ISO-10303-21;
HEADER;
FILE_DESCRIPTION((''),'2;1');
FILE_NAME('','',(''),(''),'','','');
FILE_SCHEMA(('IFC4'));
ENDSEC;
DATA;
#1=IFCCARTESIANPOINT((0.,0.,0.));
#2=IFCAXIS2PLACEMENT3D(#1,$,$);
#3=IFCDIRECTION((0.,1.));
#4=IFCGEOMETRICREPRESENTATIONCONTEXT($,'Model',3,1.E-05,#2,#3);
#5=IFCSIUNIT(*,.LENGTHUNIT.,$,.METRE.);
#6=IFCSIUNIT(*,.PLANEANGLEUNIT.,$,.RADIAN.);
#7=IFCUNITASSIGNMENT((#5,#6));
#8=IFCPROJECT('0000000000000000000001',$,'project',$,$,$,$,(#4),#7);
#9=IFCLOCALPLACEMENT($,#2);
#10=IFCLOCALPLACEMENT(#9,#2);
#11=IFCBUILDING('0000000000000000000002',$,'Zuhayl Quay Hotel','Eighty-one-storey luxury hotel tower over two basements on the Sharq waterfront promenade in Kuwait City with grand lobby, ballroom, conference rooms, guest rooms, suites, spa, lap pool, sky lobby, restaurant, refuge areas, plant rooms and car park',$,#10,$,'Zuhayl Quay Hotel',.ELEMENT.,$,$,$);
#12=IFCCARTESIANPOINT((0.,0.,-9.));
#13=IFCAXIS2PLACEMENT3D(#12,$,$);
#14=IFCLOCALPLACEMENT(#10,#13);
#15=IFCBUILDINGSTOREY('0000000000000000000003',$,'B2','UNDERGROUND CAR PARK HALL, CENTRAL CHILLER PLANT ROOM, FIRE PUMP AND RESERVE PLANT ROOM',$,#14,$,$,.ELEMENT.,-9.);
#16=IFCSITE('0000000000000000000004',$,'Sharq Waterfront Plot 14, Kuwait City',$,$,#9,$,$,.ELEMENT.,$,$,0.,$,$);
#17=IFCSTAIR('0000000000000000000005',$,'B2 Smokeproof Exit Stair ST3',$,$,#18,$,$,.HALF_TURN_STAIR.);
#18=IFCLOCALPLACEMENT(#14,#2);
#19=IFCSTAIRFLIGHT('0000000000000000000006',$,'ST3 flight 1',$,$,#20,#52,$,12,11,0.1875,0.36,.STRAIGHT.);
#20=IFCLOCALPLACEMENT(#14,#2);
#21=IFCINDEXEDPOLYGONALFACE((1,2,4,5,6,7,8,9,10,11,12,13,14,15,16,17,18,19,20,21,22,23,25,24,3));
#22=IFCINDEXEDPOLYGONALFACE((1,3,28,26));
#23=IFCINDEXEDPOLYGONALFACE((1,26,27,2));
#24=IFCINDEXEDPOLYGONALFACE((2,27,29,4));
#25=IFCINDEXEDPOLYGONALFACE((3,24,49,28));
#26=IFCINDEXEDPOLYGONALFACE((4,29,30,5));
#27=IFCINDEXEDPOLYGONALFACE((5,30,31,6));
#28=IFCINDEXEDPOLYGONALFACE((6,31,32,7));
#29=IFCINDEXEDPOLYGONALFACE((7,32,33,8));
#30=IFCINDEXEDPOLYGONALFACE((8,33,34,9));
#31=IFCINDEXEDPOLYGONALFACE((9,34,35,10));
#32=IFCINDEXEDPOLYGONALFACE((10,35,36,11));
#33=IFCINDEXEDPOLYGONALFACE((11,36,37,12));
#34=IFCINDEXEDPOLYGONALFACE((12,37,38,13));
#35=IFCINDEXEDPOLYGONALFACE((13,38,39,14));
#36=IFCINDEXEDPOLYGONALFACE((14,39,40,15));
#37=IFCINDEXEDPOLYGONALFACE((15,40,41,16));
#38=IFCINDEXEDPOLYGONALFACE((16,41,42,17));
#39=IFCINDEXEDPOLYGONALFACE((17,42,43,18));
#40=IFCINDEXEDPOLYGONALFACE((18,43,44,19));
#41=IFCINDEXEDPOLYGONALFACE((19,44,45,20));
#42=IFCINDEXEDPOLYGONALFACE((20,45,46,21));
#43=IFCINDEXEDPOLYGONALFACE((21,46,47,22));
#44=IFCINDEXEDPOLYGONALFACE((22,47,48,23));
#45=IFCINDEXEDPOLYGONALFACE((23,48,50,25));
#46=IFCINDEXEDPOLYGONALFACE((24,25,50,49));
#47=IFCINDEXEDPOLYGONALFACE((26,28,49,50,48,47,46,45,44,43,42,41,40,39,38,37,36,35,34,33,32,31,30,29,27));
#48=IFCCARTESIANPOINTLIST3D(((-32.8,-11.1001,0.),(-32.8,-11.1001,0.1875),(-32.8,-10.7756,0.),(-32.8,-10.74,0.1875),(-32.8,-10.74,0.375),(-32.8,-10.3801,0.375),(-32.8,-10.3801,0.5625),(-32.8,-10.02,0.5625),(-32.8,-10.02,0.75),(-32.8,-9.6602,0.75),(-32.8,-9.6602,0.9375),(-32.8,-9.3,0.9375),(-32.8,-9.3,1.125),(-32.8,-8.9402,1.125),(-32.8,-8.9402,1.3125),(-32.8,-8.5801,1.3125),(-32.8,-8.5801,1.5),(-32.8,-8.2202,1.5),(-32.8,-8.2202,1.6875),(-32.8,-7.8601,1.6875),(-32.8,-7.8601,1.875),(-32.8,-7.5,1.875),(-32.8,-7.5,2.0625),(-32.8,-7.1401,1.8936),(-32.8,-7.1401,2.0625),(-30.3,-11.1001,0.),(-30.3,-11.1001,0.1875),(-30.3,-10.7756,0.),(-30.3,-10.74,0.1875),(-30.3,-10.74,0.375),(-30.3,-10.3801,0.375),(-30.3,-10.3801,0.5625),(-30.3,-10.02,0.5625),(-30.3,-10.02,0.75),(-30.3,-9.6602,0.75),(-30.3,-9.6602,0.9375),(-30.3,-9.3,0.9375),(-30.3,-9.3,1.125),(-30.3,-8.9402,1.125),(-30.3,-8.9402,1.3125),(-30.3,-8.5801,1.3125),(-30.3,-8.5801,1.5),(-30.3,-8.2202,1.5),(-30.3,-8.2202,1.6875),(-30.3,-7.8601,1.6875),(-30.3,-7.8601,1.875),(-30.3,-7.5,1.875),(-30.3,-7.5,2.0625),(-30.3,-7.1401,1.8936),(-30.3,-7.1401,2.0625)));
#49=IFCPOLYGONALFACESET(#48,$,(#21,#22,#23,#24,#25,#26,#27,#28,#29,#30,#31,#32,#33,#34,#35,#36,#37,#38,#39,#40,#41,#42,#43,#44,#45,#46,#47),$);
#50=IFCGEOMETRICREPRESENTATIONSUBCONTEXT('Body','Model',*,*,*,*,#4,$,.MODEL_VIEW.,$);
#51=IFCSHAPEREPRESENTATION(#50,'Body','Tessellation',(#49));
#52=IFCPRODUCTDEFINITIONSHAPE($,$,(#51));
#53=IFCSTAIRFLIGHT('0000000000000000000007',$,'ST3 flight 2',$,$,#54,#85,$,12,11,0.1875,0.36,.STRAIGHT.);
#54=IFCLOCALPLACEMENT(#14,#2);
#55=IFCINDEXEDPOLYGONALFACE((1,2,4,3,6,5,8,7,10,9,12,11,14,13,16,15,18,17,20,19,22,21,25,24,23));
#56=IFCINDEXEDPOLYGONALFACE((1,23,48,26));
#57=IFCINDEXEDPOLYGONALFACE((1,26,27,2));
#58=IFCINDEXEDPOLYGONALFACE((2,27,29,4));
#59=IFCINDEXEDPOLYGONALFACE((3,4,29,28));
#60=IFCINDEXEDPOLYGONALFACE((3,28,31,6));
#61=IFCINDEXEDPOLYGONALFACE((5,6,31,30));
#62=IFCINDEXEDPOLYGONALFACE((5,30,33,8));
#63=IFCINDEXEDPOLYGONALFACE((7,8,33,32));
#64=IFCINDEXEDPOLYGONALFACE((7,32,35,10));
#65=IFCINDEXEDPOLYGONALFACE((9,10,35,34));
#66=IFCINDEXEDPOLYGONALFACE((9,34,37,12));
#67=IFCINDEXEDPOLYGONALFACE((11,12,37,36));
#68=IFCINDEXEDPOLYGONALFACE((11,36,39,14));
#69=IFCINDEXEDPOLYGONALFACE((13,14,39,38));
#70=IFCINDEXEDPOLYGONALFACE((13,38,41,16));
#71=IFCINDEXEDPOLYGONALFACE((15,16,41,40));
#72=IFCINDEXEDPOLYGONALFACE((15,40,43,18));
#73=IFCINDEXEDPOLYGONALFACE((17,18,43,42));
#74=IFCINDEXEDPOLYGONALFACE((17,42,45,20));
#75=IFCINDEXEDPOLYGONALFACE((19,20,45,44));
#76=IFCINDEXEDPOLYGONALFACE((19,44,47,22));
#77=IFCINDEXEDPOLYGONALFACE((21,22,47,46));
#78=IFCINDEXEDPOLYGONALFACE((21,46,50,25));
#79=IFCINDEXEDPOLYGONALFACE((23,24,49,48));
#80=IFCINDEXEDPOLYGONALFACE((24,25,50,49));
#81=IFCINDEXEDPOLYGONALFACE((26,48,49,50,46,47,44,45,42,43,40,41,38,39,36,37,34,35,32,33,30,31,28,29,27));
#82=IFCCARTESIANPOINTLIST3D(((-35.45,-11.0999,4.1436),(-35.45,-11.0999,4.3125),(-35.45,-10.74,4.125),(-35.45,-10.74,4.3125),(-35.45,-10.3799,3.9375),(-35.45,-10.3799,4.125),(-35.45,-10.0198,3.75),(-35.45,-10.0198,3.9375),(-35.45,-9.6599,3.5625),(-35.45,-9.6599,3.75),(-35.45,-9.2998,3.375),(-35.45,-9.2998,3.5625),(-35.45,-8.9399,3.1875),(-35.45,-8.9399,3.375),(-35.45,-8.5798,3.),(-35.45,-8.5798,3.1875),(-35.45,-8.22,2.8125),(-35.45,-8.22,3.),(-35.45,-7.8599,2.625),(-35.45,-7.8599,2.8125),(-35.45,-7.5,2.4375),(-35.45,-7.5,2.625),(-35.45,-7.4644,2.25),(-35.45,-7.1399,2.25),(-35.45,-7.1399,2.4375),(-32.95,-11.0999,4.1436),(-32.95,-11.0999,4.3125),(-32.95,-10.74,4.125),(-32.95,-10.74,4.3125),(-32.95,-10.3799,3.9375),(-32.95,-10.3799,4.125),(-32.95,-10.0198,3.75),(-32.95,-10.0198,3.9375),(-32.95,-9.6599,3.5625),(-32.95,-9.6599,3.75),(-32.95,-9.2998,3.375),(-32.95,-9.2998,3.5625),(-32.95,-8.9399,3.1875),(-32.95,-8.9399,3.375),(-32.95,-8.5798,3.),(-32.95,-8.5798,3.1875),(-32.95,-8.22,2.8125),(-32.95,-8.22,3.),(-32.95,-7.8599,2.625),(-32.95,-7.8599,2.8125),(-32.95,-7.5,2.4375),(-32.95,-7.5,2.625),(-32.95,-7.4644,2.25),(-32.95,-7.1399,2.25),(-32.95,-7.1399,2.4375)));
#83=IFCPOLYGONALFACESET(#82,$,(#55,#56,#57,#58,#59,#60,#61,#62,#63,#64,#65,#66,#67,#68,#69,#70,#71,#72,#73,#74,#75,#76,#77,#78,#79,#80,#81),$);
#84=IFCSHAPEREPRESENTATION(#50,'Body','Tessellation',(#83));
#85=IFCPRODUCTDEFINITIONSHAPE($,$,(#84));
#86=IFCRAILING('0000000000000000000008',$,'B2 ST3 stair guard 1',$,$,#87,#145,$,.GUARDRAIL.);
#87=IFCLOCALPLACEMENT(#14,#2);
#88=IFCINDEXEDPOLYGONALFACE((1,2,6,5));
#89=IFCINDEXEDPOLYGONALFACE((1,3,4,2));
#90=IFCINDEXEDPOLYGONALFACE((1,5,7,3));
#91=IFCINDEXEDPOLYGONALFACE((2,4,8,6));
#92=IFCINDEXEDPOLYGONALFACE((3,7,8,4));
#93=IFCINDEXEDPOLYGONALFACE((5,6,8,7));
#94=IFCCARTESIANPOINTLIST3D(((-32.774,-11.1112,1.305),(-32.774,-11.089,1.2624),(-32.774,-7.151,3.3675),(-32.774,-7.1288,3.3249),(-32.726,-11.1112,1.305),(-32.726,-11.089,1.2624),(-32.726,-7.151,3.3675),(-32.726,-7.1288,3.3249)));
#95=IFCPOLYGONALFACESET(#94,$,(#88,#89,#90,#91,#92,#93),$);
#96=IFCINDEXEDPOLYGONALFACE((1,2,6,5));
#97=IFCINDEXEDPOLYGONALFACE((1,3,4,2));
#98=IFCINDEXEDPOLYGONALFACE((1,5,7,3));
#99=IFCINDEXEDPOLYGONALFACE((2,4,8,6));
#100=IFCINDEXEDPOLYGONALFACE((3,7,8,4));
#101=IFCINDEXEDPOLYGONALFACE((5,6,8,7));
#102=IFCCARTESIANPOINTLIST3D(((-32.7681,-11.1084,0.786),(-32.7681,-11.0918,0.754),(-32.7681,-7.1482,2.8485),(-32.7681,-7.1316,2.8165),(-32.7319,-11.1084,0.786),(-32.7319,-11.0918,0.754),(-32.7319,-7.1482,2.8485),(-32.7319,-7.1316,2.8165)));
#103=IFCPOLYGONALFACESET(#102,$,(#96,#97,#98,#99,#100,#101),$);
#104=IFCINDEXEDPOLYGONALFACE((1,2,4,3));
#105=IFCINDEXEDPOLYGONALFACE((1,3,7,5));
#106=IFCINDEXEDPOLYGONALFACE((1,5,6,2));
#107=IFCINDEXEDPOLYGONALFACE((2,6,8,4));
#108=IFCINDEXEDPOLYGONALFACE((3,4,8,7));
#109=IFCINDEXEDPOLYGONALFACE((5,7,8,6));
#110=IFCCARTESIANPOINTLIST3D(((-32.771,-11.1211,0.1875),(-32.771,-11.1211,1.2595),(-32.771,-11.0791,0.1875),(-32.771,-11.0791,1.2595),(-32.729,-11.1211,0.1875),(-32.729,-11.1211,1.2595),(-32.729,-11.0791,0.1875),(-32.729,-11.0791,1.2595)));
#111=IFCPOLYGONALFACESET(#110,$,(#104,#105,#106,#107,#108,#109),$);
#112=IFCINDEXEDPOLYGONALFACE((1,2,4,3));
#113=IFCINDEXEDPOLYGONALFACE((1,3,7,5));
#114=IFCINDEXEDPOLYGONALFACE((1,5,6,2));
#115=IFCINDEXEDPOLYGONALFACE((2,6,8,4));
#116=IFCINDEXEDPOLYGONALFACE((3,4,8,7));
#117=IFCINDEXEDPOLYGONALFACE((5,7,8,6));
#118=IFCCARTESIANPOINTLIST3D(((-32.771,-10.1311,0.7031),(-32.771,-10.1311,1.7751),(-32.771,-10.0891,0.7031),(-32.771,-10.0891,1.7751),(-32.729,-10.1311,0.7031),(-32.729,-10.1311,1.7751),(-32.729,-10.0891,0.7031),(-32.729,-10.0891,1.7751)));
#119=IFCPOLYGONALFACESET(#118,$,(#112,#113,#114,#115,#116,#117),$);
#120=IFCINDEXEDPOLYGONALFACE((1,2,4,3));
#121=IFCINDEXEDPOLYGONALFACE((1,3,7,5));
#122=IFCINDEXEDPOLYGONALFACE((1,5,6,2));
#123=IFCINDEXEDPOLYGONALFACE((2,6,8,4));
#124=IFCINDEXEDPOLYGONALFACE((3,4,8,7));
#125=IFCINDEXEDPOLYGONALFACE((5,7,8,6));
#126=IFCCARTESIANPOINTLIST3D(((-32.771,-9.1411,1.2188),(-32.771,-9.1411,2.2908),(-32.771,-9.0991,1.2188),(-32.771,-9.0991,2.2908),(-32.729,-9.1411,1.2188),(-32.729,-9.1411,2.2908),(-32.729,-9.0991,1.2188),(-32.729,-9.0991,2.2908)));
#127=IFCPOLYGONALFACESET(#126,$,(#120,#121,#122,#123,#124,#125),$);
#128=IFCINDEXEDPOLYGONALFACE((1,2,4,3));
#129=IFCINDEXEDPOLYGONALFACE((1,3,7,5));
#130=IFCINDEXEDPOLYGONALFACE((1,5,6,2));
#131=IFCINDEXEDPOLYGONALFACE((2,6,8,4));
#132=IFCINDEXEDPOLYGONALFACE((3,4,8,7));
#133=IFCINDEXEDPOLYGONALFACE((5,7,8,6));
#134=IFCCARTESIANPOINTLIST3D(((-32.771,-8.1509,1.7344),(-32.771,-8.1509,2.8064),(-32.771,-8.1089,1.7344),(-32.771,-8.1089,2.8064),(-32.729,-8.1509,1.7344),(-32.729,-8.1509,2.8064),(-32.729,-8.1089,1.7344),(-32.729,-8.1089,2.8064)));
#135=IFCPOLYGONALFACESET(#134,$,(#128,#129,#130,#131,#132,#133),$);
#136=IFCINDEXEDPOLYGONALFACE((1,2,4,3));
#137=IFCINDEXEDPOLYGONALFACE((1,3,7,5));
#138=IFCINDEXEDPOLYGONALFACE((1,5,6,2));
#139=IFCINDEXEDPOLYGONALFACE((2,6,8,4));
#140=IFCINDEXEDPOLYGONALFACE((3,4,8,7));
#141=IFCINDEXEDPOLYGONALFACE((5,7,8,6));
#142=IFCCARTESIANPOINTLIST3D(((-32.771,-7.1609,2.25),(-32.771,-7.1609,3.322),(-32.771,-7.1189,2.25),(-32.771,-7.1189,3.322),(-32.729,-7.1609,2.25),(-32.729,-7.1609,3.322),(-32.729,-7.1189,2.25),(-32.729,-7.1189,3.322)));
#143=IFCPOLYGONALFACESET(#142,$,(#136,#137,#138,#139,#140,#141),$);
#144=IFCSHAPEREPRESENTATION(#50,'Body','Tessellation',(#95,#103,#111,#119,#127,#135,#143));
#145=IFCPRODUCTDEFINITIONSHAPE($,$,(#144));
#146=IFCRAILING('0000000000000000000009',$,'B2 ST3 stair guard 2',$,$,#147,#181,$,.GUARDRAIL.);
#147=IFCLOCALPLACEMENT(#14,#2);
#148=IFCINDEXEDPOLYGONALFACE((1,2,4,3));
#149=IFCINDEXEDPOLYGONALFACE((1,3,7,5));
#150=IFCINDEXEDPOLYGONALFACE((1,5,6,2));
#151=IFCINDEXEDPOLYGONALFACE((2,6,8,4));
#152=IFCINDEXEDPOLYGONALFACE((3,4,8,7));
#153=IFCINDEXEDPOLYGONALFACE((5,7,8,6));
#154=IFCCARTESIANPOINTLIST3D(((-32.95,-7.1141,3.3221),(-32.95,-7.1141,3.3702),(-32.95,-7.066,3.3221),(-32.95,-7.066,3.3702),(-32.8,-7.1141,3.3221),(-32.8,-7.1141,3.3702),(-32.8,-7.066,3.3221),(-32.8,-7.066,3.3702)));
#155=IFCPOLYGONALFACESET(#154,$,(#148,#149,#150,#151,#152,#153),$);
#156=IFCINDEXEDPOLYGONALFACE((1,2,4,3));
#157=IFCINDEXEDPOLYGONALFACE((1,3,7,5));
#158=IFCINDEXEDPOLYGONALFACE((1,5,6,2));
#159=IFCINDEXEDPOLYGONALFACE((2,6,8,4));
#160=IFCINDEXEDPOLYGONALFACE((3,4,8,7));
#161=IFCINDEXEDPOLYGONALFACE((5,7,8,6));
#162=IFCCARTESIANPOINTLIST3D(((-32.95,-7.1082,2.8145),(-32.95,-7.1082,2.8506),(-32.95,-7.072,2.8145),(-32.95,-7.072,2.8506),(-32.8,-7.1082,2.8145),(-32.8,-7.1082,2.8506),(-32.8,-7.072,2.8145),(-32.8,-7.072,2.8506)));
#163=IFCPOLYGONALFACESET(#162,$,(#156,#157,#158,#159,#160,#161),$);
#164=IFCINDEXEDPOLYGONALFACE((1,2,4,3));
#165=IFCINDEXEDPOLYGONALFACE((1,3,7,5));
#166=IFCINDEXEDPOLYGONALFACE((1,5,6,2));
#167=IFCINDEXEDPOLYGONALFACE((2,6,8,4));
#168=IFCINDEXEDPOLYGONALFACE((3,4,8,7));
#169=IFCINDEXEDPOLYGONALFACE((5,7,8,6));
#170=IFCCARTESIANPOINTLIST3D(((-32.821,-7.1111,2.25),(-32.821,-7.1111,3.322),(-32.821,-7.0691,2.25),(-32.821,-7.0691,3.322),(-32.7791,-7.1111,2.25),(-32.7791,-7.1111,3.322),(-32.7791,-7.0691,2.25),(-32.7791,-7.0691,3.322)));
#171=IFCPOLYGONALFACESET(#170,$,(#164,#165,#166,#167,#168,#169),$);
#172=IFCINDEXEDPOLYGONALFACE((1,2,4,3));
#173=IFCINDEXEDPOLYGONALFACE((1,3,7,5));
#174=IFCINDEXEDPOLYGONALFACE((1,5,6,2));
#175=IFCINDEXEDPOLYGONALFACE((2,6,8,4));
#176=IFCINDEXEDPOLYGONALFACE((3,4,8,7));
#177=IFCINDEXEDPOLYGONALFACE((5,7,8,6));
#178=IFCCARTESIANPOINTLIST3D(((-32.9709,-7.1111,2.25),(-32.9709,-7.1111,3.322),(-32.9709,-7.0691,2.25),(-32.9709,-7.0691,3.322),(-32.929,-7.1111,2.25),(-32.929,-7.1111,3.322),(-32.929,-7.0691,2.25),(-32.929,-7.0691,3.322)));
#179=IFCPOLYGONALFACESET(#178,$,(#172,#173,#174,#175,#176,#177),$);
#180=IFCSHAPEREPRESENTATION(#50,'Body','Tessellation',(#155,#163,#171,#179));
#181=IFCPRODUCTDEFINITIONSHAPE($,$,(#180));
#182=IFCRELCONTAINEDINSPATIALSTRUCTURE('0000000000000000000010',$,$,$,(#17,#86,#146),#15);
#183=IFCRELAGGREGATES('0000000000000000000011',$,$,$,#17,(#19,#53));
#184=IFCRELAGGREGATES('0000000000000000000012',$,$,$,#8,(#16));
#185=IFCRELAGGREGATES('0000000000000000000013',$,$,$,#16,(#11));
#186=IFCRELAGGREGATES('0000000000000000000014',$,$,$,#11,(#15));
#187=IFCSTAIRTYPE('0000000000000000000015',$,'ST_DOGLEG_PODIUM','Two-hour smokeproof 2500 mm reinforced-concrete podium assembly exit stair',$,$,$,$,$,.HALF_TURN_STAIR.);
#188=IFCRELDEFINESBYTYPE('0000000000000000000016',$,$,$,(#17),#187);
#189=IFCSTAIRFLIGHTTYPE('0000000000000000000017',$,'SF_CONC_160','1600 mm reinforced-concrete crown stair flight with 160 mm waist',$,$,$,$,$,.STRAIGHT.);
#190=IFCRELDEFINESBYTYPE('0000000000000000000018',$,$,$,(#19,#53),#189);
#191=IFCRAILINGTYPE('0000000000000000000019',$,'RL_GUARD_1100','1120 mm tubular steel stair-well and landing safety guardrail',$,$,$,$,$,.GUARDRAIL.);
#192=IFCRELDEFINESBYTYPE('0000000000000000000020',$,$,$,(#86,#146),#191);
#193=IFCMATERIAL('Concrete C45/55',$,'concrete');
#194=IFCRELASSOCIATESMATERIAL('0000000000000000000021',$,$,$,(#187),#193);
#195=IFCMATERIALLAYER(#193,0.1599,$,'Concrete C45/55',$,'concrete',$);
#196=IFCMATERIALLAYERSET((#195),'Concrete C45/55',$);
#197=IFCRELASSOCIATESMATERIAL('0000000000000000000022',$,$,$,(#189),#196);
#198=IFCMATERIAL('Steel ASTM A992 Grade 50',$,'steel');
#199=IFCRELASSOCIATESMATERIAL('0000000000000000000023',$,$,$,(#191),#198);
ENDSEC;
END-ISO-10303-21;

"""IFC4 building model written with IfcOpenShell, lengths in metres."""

from ifc_helpers import new_model, si_unit, direction, frame, origin, origin_2d, place, context, subcontext, project, spatial, polyline, rectangle, outline, extrude, material, layer, layer_set, type_object, element, aggregate, save


model = new_model("IFC4")

# Units and contexts
model_context = context("Model", 3, precision=1e-05, world=origin(), true_north=direction((0.0, 1.0)))
body_context = subcontext(model_context, "Body", "Model", "MODEL_VIEW")
ifc_project = project(units=[si_unit("LENGTHUNIT", "METRE"), si_unit("PLANEANGLEUNIT", "RADIAN")], contexts=[model_context])

# Site, building, storey
site_placement = place(None, origin())
site = spatial("IfcSite", under=ifc_project, at=site_placement, Name="Sharq Waterfront Plot 14, Kuwait City", CompositionType="ELEMENT", RefElevation=0.0)
building_placement = place(site_placement, origin())
building = spatial("IfcBuilding", under=site, at=building_placement, Name="Zuhayl Quay Hotel", Description="Eighty-one-storey luxury hotel tower over two basements on the Sharq waterfront promenade in Kuwait City with grand lobby, ballroom, conference rooms, guest rooms, suites, spa, lap pool, sky lobby, restaurant, refuge areas, plant rooms and car park", LongName="Zuhayl Quay Hotel", CompositionType="ELEMENT")
storey_placement = place(building_placement, frame((0.0, 0.0, -9.0)))
storey = spatial("IfcBuildingStorey", under=building, at=storey_placement, Name="B2", Description="UNDERGROUND CAR PARK HALL, CENTRAL CHILLER PLANT ROOM, FIRE PUMP AND RESERVE PLANT ROOM", CompositionType="ELEMENT", Elevation=-9.0)

# Stair, stair flights
ifc_material_1 = material(Name="Concrete C45/55", Category="concrete")
stair_type = type_object("IfcStairType", Name="ST_DOGLEG_PODIUM", Description="Two-hour smokeproof 2500 mm reinforced-concrete podium assembly exit stair", PredefinedType="HALF_TURN_STAIR", material=ifc_material_1)
stair_placement = place(storey_placement, origin())
stair = element("IfcStair", 1, at=stair_placement, inside=storey, type_object=stair_type, Name="B2 Smokeproof Exit Stair ST3", PredefinedType="HALF_TURN_STAIR")
ifc_layer_1 = layer(ifc_material_1, 0.1599, Name="Concrete C45/55", Category="concrete")
ifc_layer_set_1 = layer_set([ifc_layer_1], Name="Concrete C45/55")
stair_flight_type = type_object("IfcStairFlightType", Name="SF_CONC_160", Description="1600 mm reinforced-concrete crown stair flight with 160 mm waist", PredefinedType="STRAIGHT", material=ifc_layer_set_1)
stair_flight_1_placement = place(storey_placement, frame((-31.55, -11.1001, 0.0), z_axis=(0.0, 0.0, 1.0), x_axis=(0.0, 1.0, 0.0)))
stair_flight_1 = element("IfcStairFlight", 2, at=stair_flight_1_placement, type_object=stair_flight_type, Name="ST3 flight 1", NumberOfRisers=12, NumberOfTreads=11, PredefinedType="STRAIGHT", RiserHeight=0.1875, TreadLength=0.36, context=body_context, shape_type="SweptSolid", body=[
    extrude(outline(polyline([(0.0, 0.0), (0.0, 0.1875), (0.3601, 0.1875), (0.3601, 0.375), (0.72, 0.375), (0.72, 0.5625), (1.0801, 0.5625), (1.0801, 0.75), (1.4399, 0.75), (1.4399, 0.9375), (1.8, 0.9375), (1.8, 1.125), (2.1599, 1.125), (2.1599, 1.3125), (2.52, 1.3125), (2.52, 1.5), (2.8799, 1.5), (2.8799, 1.6875), (3.24, 1.6875), (3.24, 1.875), (3.6001, 1.875), (3.6001, 2.0625), (3.96, 2.0625), (3.96, 2.25), (3.96, 1.8936), (0.3245, 0.0), (0.0, 0.0)])), frame((0.0, 1.25, 0.0), z_axis=(0.0, -1.0, 0.0), x_axis=(1.0, 0.0, 0.0)), (0.0, 0.0, 1.0), 2.5),
])
stair_flight_2_placement = place(storey_placement, frame((-34.2, -7.1399, 2.25), z_axis=(0.0, 0.0, 1.0), x_axis=(0.0, -1.0, 0.0)))
stair_flight_2 = element("IfcStairFlight", 3, at=stair_flight_2_placement, type_object=stair_flight_type, Name="ST3 flight 2", NumberOfRisers=12, NumberOfTreads=11, PredefinedType="STRAIGHT", RiserHeight=0.1875, TreadLength=0.36, context=body_context, shape_type="SweptSolid", body=[
    extrude(outline(polyline([(0.0, 0.0), (0.0, 0.1875), (0.3601, 0.1875), (0.3601, 0.375), (0.72, 0.375), (0.72, 0.5625), (1.0801, 0.5625), (1.0801, 0.75), (1.4399, 0.75), (1.4399, 0.9375), (1.8, 0.9375), (1.8, 1.125), (2.1599, 1.125), (2.1599, 1.3125), (2.52, 1.3125), (2.52, 1.5), (2.8799, 1.5), (2.8799, 1.6875), (3.24, 1.6875), (3.24, 1.875), (3.6001, 1.875), (3.6001, 2.0625), (3.96, 2.0625), (3.96, 2.25), (3.96, 1.8936), (0.3245, 0.0), (0.0, 0.0)])), frame((0.0, 1.25, 0.0), z_axis=(0.0, -1.0, 0.0), x_axis=(1.0, 0.0, 0.0)), (0.0, 0.0, 1.0), 2.5),
])
aggregate(stair, [stair_flight_1, stair_flight_2])

# Railings
ifc_material_2 = material(Name="Steel ASTM A992 Grade 50", Category="steel")
railing_type_1 = type_object("IfcRailingType", Name="RL_GUARD_1100", Description="1120 mm tubular steel stair-well and landing safety guardrail", PredefinedType="GUARDRAIL", material=ifc_material_2)
railing_1_placement = place(storey_placement, frame((-32.75, -11.1001, 0.1875)))
element("IfcRailing", 4, at=railing_1_placement, inside=storey, type_object=railing_type_1, Name="B2 ST3 stair guard 1", PredefinedType="GUARDRAIL", context=body_context, shape_type="SweptSolid", body=[
    extrude(rectangle(XDim=0.0481, YDim=0.0481, at=origin_2d()), frame((0.0, 0.0, 1.0962), z_axis=(0.0, 0.886924, 0.461916), x_axis=(-1.0, 0.0, 0.0)), (0.0, 0.0, 1.0), 4.4651),
    extrude(rectangle(XDim=0.0361, YDim=0.0361, at=origin_2d()), frame((0.0, 0.0, 0.5825), z_axis=(0.0, 0.886924, 0.461916), x_axis=(-1.0, 0.0, 0.0)), (0.0, 0.0, 1.0), 4.4651),
    extrude(rectangle(XDim=0.042, YDim=0.042, at=origin_2d()), origin(), (0.0, 0.0, 1.0), 1.072),
    extrude(rectangle(XDim=0.042, YDim=0.042, at=origin_2d()), frame((0.0, 0.99, 0.5156)), (0.0, 0.0, 1.0), 1.072),
    extrude(rectangle(XDim=0.042, YDim=0.042, at=origin_2d()), frame((0.0, 1.98, 1.0312)), (0.0, 0.0, 1.0), 1.072),
    extrude(rectangle(XDim=0.042, YDim=0.042, at=origin_2d()), frame((0.0, 2.9702, 1.5469)), (0.0, 0.0, 1.0), 1.072),
    extrude(rectangle(XDim=0.042, YDim=0.042, at=origin_2d()), frame((0.0, 3.9602, 2.0625)), (0.0, 0.0, 1.0), 1.072),
])
railing_2_placement = place(storey_placement, frame((-32.8, -7.0901, 2.25)))
element("IfcRailing", 5, at=railing_2_placement, inside=storey, type_object=railing_type_1, Name="B2 ST3 stair guard 2", PredefinedType="GUARDRAIL", context=body_context, shape_type="SweptSolid", body=[
    extrude(rectangle(XDim=0.0481, YDim=0.0481, at=origin_2d()), frame((0.0, 0.0, 1.0962), z_axis=(-1.0, 0.0, 0.0), x_axis=(0.0, -1.0, 0.0)), (0.0, 0.0, 1.0), 0.1499),
    extrude(rectangle(XDim=0.0361, YDim=0.0361, at=origin_2d()), frame((0.0, 0.0, 0.5825), z_axis=(-1.0, 0.0, 0.0), x_axis=(0.0, -1.0, 0.0)), (0.0, 0.0, 1.0), 0.1499),
    extrude(rectangle(XDim=0.042, YDim=0.042, at=origin_2d()), origin(), (0.0, 0.0, 1.0), 1.072),
    extrude(rectangle(XDim=0.042, YDim=0.042, at=origin_2d()), frame((-0.1499, 0.0, 0.0)), (0.0, 0.0, 1.0), 1.072),
])

save(model, "model.ifc")
